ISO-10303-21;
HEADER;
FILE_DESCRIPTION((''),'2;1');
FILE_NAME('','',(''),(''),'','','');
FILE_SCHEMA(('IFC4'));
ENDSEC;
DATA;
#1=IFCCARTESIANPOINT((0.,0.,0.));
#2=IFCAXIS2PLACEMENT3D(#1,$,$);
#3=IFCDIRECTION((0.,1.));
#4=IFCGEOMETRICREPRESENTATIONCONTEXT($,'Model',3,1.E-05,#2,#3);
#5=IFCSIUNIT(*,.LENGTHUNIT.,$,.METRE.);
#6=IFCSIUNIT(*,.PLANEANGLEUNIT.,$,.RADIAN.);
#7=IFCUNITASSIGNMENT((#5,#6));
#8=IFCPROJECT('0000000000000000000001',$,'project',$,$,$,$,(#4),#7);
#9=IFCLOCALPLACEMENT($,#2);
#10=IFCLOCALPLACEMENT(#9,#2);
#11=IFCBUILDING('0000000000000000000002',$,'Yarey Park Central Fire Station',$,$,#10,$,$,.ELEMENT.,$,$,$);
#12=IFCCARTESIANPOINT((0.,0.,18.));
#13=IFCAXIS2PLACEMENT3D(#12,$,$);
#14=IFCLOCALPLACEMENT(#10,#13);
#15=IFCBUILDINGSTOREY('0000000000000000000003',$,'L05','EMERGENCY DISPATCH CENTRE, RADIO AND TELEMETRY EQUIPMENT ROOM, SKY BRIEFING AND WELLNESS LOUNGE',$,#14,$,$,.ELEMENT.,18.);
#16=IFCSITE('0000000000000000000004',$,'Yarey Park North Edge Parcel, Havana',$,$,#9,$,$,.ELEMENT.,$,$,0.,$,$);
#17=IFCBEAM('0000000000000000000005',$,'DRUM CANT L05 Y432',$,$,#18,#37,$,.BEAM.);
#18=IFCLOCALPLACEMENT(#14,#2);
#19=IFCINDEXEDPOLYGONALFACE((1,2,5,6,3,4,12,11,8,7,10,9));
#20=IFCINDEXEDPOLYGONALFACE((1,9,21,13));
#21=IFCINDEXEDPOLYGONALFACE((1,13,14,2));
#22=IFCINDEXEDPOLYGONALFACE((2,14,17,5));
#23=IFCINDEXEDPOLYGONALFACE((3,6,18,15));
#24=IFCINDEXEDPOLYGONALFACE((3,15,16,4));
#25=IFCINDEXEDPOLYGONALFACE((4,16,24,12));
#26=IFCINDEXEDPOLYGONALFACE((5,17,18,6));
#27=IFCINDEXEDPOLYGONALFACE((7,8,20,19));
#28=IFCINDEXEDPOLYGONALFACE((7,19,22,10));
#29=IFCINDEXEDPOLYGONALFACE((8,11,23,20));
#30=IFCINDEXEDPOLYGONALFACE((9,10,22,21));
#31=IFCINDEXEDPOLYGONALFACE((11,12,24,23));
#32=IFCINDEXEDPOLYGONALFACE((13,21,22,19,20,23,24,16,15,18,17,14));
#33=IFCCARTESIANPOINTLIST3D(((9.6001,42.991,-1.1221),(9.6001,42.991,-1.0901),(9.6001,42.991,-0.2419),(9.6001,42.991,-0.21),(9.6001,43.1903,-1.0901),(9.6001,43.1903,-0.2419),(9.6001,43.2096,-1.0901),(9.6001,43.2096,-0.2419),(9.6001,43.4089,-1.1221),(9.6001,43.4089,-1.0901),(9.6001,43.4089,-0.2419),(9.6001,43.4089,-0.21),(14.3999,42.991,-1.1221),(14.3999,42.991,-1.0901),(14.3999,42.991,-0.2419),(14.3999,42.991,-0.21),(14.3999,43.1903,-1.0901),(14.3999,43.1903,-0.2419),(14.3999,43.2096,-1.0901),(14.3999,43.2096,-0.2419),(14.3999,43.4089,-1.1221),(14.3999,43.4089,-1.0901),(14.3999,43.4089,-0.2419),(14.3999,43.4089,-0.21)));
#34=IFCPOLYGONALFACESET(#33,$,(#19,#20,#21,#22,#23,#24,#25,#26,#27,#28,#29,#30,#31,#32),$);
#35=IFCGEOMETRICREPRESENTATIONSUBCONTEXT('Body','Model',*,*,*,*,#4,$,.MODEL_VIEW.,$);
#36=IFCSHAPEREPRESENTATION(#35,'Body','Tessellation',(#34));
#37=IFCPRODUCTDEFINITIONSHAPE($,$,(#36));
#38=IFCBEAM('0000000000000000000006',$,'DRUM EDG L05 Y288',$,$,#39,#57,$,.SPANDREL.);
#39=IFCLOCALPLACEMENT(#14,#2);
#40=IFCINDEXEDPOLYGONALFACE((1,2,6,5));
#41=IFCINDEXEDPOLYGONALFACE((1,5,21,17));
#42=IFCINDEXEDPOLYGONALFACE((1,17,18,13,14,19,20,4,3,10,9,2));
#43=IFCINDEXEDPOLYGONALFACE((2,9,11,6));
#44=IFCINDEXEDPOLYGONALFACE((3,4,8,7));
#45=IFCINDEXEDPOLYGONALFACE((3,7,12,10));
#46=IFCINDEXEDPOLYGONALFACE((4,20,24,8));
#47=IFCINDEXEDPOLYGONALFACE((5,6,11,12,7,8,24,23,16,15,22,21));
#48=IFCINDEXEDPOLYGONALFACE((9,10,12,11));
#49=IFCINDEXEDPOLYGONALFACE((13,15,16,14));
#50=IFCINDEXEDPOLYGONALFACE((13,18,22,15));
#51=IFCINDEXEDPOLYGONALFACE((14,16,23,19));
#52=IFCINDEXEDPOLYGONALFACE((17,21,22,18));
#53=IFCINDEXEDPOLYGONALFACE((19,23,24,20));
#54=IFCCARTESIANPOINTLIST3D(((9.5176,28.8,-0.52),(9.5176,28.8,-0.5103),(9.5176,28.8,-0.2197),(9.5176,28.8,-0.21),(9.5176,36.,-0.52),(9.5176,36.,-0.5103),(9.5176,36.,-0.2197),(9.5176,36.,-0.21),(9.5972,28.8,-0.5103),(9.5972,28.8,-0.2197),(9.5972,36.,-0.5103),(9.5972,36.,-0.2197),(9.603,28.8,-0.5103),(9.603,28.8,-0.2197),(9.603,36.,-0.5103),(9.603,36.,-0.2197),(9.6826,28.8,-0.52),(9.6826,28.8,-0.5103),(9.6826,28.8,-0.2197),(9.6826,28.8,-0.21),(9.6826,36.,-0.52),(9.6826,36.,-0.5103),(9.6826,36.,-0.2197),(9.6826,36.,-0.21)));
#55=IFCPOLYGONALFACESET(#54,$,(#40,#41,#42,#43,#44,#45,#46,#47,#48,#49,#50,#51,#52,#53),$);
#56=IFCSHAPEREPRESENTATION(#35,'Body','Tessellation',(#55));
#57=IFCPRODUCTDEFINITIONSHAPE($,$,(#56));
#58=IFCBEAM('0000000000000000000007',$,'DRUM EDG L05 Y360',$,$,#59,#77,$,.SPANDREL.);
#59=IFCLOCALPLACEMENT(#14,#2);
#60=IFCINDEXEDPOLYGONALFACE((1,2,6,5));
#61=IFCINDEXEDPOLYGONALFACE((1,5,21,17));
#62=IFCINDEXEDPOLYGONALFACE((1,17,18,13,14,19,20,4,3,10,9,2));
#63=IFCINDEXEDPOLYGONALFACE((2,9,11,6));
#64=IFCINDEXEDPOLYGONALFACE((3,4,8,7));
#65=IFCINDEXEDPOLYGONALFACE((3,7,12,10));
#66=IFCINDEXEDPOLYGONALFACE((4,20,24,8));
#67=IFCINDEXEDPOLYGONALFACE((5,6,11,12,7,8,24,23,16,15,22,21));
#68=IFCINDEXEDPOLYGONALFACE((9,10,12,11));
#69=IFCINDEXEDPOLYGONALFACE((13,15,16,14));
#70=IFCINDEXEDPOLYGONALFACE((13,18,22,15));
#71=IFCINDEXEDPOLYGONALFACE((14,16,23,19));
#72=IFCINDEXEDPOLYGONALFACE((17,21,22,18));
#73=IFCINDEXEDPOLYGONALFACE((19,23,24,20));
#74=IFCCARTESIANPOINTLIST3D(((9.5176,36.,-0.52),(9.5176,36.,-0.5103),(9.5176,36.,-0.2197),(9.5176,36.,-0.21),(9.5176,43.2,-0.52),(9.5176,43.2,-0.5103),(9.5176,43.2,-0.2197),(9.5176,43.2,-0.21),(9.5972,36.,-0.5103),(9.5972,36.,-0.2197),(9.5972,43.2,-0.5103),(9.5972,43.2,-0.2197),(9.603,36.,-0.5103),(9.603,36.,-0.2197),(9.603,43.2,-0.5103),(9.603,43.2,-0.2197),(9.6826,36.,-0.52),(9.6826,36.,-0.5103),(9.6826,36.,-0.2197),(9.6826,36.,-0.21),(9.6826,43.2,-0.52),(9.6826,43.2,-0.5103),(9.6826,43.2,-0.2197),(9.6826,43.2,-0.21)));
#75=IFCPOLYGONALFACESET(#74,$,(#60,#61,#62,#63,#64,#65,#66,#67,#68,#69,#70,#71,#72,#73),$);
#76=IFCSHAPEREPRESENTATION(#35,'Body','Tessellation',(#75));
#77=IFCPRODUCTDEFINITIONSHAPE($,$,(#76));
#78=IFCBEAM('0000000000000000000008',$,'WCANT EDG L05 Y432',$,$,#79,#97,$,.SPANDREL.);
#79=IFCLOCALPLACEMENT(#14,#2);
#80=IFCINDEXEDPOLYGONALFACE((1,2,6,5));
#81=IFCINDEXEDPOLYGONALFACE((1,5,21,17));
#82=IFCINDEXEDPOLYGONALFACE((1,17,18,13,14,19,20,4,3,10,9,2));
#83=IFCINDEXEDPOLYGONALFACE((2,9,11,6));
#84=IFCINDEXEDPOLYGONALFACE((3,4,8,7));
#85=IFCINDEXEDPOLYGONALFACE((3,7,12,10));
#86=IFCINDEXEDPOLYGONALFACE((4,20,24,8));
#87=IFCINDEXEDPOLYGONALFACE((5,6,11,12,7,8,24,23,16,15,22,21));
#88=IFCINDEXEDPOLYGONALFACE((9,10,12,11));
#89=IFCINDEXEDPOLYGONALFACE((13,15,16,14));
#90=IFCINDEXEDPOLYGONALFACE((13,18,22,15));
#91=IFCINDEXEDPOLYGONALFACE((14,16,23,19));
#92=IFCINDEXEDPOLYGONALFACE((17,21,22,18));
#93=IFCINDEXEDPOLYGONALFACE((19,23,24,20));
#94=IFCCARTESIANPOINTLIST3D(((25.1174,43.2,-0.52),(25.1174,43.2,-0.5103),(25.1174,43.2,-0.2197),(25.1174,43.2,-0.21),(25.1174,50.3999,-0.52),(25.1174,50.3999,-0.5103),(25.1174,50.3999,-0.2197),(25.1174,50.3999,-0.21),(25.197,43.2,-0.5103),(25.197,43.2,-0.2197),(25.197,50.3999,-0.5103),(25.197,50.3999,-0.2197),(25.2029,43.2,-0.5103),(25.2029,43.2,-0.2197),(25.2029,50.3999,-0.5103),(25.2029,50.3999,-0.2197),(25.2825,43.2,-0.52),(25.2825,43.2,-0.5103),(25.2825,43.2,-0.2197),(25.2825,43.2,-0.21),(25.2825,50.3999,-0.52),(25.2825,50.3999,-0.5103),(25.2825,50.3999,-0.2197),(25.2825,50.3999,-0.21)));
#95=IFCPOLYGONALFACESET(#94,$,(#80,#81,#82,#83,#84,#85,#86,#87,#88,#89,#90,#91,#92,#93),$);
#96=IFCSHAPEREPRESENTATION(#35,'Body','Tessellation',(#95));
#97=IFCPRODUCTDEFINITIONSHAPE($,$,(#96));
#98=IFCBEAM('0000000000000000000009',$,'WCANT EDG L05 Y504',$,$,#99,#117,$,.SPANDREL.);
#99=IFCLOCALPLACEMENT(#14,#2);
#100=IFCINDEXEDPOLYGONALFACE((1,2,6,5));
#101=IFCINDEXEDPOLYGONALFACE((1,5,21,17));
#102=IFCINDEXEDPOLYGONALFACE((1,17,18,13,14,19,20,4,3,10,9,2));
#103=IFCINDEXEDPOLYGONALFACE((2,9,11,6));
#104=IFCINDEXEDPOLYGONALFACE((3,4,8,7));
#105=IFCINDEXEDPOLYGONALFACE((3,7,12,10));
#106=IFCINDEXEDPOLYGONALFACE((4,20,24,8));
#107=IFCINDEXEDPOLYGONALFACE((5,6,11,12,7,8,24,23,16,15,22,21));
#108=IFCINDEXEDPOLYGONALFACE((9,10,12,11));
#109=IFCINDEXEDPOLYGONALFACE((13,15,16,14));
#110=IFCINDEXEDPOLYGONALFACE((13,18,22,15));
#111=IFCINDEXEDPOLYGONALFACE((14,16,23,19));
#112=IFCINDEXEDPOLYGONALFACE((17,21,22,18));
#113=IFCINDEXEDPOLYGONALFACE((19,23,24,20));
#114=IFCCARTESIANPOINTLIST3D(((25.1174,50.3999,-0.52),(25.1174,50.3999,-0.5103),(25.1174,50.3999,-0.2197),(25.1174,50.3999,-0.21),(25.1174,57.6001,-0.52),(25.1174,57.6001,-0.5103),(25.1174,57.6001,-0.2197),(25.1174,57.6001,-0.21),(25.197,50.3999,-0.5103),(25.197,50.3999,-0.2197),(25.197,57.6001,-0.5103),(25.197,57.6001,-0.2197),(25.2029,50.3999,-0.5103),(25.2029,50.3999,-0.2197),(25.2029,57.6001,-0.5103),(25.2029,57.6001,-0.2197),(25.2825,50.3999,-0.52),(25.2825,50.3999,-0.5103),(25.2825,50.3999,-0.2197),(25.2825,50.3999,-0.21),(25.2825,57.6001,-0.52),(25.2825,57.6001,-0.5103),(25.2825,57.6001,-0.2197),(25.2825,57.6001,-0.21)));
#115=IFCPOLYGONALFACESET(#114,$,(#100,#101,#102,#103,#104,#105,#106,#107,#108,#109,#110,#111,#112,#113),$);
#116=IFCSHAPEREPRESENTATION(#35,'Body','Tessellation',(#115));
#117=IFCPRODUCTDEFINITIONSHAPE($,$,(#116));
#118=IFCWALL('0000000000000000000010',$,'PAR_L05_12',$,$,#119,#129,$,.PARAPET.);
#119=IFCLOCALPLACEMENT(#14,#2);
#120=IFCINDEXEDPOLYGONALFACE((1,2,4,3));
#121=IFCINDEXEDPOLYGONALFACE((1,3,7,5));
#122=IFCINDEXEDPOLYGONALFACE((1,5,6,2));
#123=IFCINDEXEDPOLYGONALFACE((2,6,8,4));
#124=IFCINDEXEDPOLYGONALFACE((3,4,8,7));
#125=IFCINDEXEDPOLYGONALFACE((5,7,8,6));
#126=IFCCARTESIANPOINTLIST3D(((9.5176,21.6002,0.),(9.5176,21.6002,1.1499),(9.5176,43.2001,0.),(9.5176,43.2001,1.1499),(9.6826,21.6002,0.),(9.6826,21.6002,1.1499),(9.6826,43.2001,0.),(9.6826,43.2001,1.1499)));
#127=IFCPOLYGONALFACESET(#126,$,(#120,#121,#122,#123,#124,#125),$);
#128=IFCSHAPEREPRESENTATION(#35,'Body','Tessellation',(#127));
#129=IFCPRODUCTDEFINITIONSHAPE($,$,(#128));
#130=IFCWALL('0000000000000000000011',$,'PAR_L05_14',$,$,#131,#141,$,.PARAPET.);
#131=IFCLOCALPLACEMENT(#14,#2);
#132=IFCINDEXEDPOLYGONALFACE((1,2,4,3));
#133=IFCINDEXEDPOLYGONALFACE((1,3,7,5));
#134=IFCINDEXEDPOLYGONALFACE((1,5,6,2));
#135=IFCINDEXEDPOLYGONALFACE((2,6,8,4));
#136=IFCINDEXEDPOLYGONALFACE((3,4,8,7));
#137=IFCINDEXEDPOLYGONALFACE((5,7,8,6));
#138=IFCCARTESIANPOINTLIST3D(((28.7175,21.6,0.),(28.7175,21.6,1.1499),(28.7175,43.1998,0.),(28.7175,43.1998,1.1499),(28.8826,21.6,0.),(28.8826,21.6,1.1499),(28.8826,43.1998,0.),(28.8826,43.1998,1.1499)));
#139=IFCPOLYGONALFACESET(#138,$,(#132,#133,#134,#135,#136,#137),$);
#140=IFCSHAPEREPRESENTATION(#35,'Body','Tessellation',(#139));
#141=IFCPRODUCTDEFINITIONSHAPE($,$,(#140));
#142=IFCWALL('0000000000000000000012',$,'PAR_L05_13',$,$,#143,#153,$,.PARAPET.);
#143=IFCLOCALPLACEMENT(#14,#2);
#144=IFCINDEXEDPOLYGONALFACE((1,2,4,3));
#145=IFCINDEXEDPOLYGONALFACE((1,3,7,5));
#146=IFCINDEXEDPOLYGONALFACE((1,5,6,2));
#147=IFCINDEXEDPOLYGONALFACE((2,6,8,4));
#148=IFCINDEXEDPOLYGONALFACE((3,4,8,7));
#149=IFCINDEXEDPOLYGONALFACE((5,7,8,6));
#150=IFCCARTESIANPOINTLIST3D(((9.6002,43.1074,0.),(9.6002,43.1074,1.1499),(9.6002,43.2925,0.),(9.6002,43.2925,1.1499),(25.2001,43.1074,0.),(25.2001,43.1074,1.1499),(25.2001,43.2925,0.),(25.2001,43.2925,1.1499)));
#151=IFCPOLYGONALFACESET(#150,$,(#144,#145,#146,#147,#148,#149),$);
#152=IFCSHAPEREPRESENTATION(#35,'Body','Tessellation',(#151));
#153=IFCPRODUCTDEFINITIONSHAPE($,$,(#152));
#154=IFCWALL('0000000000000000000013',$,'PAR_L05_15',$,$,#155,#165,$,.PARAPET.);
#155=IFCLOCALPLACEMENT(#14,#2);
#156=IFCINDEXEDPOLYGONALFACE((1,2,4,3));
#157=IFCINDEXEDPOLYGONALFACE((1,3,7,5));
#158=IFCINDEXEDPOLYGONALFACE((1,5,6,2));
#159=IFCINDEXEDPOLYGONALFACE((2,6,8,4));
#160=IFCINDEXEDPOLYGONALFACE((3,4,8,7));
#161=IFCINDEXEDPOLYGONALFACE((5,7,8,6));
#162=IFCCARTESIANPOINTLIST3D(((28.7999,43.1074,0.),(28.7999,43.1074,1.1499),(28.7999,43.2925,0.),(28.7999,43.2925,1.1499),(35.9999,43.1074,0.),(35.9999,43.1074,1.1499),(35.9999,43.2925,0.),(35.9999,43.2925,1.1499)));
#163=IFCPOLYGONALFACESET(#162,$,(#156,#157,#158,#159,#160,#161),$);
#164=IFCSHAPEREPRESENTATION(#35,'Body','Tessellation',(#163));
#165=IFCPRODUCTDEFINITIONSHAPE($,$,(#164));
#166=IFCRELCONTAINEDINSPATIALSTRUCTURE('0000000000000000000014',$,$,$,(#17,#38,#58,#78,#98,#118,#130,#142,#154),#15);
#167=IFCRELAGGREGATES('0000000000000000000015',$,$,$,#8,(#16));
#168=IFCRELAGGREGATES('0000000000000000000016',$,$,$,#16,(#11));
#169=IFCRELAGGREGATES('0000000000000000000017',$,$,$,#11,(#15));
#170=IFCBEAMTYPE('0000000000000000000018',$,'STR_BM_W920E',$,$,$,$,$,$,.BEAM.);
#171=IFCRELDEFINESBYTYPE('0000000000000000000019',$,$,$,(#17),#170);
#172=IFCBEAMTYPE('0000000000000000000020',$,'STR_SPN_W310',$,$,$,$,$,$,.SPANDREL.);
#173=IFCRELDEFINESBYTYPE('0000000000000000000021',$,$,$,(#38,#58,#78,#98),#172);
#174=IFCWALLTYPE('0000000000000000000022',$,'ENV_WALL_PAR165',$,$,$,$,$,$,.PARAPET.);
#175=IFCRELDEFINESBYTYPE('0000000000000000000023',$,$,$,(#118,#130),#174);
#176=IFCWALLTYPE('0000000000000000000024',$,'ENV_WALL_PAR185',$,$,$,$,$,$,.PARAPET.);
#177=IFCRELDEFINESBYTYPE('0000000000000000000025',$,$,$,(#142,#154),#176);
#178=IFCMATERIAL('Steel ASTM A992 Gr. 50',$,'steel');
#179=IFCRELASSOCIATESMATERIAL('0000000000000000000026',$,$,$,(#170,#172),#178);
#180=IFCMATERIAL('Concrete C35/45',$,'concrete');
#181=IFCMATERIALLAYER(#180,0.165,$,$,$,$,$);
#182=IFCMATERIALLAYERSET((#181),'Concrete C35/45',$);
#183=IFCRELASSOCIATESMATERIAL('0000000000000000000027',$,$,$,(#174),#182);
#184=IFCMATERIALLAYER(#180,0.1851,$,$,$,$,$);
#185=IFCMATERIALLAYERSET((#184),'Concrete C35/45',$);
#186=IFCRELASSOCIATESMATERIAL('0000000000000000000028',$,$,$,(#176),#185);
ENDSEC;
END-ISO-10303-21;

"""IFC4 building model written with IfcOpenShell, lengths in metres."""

from ifc_helpers import new_model, si_unit, direction, frame, frame_2d, origin, origin_2d, place, context, subcontext, project, spatial, rectangle, i_section, extrude, material, layer, layer_set, material_profile, profile_set, type_object, element, save


model = new_model("IFC4")

# Units and contexts
model_context = context("Model", 3, precision=1e-05, world=origin(), true_north=direction((0.0, 1.0)))
body_context = subcontext(model_context, "Body", "Model", "MODEL_VIEW")
ifc_project = project(units=[si_unit("LENGTHUNIT", "METRE"), si_unit("PLANEANGLEUNIT", "RADIAN")], contexts=[model_context])

# Site, building, storey
site_placement = place(None, origin())
site = spatial("IfcSite", under=ifc_project, at=site_placement, Name="Yarey Park North Edge Parcel, Havana", CompositionType="ELEMENT", RefElevation=0.0)
building_placement = place(site_placement, origin())
building = spatial("IfcBuilding", under=site, at=building_placement, Name="Yarey Park Central Fire Station", CompositionType="ELEMENT")
storey_placement = place(building_placement, frame((0.0, 0.0, 18.0)))
storey = spatial("IfcBuildingStorey", under=building, at=storey_placement, Name="L05", Description="EMERGENCY DISPATCH CENTRE, RADIO AND TELEMETRY EQUIPMENT ROOM, SKY BRIEFING AND WELLNESS LOUNGE", CompositionType="ELEMENT", Elevation=18.0)

# Beams
ifc_material_1 = material(Name="Steel ASTM A992 Gr. 50", Category="steel")
ifc_material_profile_1 = material_profile(ifc_material_1, i_section(OverallWidth=0.418, OverallDepth=0.9121, WebThickness=0.0193, FlangeThickness=0.032, at=origin_2d()), Name="W920x342")
ifc_profile_set_1 = profile_set([ifc_material_profile_1], Name="Steel ASTM A992 Gr. 50")
beam_type_1 = type_object("IfcBeamType", Name="STR_BM_W920E", PredefinedType="BEAM", material=ifc_profile_set_1)
for number, where, z_axis, x_axis, name in (
    (1, (9.6001, 43.2, -0.666), (1.0, 0.0, 0.0), (0.0, 1.0, 0.0), "DRUM CANT L05 Y432"),
):
    element("IfcBeam", number, at=place(storey_placement, frame(where, z_axis=z_axis, x_axis=x_axis)), inside=storey, type_object=beam_type_1, Name=name, PredefinedType="BEAM", context=body_context, shape_type="SweptSolid", body=[
        extrude(i_section(OverallWidth=0.418, OverallDepth=0.9121, WebThickness=0.0193, FlangeThickness=0.032, at=origin_2d()), origin(), (0.0, 0.0, 1.0), 4.7998),
    ])
ifc_material_profile_2 = material_profile(ifc_material_1, i_section(OverallWidth=0.165, OverallDepth=0.3101, WebThickness=0.0059, FlangeThickness=0.0098, at=origin_2d()), Name="W310x39")
ifc_profile_set_2 = profile_set([ifc_material_profile_2], Name="Steel ASTM A992 Gr. 50")
beam_type_2 = type_object("IfcBeamType", Name="STR_SPN_W310", PredefinedType="SPANDREL", material=ifc_profile_set_2)
for number, where, z_axis, x_axis, name in (
    (2, (9.6001, 28.8, -0.365), (0.0, 1.0, 0.0), (-1.0, 0.0, 0.0), "DRUM EDG L05 Y288"),
    (3, (9.6001, 36.0, -0.365), (0.0, 1.0, 0.0), (-1.0, 0.0, 0.0), "DRUM EDG L05 Y360"),
    (4, (25.2, 43.2, -0.365), (0.0, 1.0, 0.0), (-1.0, 0.0, 0.0), "WCANT EDG L05 Y432"),
):
    element("IfcBeam", number, at=place(storey_placement, frame(where, z_axis=z_axis, x_axis=x_axis)), inside=storey, type_object=beam_type_2, Name=name, PredefinedType="SPANDREL", context=body_context, shape_type="SweptSolid", body=[
        extrude(i_section(OverallWidth=0.165, OverallDepth=0.3101, WebThickness=0.0059, FlangeThickness=0.0098, at=origin_2d()), origin(), (0.0, 0.0, 1.0), 7.2),
    ])
beam_1_placement = place(storey_placement, frame((25.2, 50.3999, -0.365), z_axis=(0.0, 1.0, 0.0), x_axis=(-1.0, 0.0, 0.0)))
element("IfcBeam", 5, at=beam_1_placement, inside=storey, type_object=beam_type_2, Name="WCANT EDG L05 Y504", PredefinedType="SPANDREL", context=body_context, shape_type="SweptSolid", body=[
    extrude(i_section(OverallWidth=0.165, OverallDepth=0.3101, WebThickness=0.0059, FlangeThickness=0.0098, at=origin_2d()), origin(), (0.0, 0.0, 1.0), 7.2002),
])

# Walls
ifc_material_2 = material(Name="Concrete C35/45", Category="concrete")
ifc_layer_1 = layer(ifc_material_2, 0.165)
ifc_layer_set_1 = layer_set([ifc_layer_1], Name="Concrete C35/45")
wall_type_1 = type_object("IfcWallType", Name="ENV_WALL_PAR165", PredefinedType="PARAPET", material=ifc_layer_set_1)
for number, where, z_axis, x_axis, name in (
    (6, (9.6001, 43.2, 0.0), (0.0, 0.0, 1.0), (0.0, -1.0, 0.0), "PAR_L05_12"),
    (7, (28.8, 21.6001, 0.0), (0.0, 0.0, 1.0), (0.0, 1.0, 0.0), "PAR_L05_14"),
):
    element("IfcWall", number, at=place(storey_placement, frame(where, z_axis=z_axis, x_axis=x_axis)), inside=storey, type_object=wall_type_1, Name=name, PredefinedType="PARAPET", context=body_context, shape_type="SweptSolid", body=[
        extrude(rectangle(XDim=21.5999, YDim=0.165, at=frame_2d((10.7998, 0.0))), origin(), (0.0, 0.0, 1.0), 1.1499),
    ])
ifc_layer_2 = layer(ifc_material_2, 0.1851)
ifc_layer_set_2 = layer_set([ifc_layer_2], Name="Concrete C35/45")
wall_type_2 = type_object("IfcWallType", Name="ENV_WALL_PAR185", PredefinedType="PARAPET", material=ifc_layer_set_2)
wall_1_placement = place(storey_placement, frame((25.2, 43.2, 0.0), z_axis=(0.0, 0.0, 1.0), x_axis=(-1.0, 0.0, 0.0)))
element("IfcWall", 8, at=wall_1_placement, inside=storey, type_object=wall_type_2, Name="PAR_L05_13", PredefinedType="PARAPET", context=body_context, shape_type="SweptSolid", body=[
    extrude(rectangle(XDim=15.5999, YDim=0.1851, at=frame_2d((7.7998, 0.0))), origin(), (0.0, 0.0, 1.0), 1.1499),
])
wall_2_placement = place(storey_placement, frame((36.0, 43.2, 0.0), z_axis=(0.0, 0.0, 1.0), x_axis=(-1.0, 0.0, 0.0)))
element("IfcWall", 9, at=wall_2_placement, inside=storey, type_object=wall_type_2, Name="PAR_L05_15", PredefinedType="PARAPET", context=body_context, shape_type="SweptSolid", body=[
    extrude(rectangle(XDim=7.2, YDim=0.1851, at=frame_2d((3.6001, 0.0))), origin(), (0.0, 0.0, 1.0), 1.1499),
])

save(model, "model.ifc")
